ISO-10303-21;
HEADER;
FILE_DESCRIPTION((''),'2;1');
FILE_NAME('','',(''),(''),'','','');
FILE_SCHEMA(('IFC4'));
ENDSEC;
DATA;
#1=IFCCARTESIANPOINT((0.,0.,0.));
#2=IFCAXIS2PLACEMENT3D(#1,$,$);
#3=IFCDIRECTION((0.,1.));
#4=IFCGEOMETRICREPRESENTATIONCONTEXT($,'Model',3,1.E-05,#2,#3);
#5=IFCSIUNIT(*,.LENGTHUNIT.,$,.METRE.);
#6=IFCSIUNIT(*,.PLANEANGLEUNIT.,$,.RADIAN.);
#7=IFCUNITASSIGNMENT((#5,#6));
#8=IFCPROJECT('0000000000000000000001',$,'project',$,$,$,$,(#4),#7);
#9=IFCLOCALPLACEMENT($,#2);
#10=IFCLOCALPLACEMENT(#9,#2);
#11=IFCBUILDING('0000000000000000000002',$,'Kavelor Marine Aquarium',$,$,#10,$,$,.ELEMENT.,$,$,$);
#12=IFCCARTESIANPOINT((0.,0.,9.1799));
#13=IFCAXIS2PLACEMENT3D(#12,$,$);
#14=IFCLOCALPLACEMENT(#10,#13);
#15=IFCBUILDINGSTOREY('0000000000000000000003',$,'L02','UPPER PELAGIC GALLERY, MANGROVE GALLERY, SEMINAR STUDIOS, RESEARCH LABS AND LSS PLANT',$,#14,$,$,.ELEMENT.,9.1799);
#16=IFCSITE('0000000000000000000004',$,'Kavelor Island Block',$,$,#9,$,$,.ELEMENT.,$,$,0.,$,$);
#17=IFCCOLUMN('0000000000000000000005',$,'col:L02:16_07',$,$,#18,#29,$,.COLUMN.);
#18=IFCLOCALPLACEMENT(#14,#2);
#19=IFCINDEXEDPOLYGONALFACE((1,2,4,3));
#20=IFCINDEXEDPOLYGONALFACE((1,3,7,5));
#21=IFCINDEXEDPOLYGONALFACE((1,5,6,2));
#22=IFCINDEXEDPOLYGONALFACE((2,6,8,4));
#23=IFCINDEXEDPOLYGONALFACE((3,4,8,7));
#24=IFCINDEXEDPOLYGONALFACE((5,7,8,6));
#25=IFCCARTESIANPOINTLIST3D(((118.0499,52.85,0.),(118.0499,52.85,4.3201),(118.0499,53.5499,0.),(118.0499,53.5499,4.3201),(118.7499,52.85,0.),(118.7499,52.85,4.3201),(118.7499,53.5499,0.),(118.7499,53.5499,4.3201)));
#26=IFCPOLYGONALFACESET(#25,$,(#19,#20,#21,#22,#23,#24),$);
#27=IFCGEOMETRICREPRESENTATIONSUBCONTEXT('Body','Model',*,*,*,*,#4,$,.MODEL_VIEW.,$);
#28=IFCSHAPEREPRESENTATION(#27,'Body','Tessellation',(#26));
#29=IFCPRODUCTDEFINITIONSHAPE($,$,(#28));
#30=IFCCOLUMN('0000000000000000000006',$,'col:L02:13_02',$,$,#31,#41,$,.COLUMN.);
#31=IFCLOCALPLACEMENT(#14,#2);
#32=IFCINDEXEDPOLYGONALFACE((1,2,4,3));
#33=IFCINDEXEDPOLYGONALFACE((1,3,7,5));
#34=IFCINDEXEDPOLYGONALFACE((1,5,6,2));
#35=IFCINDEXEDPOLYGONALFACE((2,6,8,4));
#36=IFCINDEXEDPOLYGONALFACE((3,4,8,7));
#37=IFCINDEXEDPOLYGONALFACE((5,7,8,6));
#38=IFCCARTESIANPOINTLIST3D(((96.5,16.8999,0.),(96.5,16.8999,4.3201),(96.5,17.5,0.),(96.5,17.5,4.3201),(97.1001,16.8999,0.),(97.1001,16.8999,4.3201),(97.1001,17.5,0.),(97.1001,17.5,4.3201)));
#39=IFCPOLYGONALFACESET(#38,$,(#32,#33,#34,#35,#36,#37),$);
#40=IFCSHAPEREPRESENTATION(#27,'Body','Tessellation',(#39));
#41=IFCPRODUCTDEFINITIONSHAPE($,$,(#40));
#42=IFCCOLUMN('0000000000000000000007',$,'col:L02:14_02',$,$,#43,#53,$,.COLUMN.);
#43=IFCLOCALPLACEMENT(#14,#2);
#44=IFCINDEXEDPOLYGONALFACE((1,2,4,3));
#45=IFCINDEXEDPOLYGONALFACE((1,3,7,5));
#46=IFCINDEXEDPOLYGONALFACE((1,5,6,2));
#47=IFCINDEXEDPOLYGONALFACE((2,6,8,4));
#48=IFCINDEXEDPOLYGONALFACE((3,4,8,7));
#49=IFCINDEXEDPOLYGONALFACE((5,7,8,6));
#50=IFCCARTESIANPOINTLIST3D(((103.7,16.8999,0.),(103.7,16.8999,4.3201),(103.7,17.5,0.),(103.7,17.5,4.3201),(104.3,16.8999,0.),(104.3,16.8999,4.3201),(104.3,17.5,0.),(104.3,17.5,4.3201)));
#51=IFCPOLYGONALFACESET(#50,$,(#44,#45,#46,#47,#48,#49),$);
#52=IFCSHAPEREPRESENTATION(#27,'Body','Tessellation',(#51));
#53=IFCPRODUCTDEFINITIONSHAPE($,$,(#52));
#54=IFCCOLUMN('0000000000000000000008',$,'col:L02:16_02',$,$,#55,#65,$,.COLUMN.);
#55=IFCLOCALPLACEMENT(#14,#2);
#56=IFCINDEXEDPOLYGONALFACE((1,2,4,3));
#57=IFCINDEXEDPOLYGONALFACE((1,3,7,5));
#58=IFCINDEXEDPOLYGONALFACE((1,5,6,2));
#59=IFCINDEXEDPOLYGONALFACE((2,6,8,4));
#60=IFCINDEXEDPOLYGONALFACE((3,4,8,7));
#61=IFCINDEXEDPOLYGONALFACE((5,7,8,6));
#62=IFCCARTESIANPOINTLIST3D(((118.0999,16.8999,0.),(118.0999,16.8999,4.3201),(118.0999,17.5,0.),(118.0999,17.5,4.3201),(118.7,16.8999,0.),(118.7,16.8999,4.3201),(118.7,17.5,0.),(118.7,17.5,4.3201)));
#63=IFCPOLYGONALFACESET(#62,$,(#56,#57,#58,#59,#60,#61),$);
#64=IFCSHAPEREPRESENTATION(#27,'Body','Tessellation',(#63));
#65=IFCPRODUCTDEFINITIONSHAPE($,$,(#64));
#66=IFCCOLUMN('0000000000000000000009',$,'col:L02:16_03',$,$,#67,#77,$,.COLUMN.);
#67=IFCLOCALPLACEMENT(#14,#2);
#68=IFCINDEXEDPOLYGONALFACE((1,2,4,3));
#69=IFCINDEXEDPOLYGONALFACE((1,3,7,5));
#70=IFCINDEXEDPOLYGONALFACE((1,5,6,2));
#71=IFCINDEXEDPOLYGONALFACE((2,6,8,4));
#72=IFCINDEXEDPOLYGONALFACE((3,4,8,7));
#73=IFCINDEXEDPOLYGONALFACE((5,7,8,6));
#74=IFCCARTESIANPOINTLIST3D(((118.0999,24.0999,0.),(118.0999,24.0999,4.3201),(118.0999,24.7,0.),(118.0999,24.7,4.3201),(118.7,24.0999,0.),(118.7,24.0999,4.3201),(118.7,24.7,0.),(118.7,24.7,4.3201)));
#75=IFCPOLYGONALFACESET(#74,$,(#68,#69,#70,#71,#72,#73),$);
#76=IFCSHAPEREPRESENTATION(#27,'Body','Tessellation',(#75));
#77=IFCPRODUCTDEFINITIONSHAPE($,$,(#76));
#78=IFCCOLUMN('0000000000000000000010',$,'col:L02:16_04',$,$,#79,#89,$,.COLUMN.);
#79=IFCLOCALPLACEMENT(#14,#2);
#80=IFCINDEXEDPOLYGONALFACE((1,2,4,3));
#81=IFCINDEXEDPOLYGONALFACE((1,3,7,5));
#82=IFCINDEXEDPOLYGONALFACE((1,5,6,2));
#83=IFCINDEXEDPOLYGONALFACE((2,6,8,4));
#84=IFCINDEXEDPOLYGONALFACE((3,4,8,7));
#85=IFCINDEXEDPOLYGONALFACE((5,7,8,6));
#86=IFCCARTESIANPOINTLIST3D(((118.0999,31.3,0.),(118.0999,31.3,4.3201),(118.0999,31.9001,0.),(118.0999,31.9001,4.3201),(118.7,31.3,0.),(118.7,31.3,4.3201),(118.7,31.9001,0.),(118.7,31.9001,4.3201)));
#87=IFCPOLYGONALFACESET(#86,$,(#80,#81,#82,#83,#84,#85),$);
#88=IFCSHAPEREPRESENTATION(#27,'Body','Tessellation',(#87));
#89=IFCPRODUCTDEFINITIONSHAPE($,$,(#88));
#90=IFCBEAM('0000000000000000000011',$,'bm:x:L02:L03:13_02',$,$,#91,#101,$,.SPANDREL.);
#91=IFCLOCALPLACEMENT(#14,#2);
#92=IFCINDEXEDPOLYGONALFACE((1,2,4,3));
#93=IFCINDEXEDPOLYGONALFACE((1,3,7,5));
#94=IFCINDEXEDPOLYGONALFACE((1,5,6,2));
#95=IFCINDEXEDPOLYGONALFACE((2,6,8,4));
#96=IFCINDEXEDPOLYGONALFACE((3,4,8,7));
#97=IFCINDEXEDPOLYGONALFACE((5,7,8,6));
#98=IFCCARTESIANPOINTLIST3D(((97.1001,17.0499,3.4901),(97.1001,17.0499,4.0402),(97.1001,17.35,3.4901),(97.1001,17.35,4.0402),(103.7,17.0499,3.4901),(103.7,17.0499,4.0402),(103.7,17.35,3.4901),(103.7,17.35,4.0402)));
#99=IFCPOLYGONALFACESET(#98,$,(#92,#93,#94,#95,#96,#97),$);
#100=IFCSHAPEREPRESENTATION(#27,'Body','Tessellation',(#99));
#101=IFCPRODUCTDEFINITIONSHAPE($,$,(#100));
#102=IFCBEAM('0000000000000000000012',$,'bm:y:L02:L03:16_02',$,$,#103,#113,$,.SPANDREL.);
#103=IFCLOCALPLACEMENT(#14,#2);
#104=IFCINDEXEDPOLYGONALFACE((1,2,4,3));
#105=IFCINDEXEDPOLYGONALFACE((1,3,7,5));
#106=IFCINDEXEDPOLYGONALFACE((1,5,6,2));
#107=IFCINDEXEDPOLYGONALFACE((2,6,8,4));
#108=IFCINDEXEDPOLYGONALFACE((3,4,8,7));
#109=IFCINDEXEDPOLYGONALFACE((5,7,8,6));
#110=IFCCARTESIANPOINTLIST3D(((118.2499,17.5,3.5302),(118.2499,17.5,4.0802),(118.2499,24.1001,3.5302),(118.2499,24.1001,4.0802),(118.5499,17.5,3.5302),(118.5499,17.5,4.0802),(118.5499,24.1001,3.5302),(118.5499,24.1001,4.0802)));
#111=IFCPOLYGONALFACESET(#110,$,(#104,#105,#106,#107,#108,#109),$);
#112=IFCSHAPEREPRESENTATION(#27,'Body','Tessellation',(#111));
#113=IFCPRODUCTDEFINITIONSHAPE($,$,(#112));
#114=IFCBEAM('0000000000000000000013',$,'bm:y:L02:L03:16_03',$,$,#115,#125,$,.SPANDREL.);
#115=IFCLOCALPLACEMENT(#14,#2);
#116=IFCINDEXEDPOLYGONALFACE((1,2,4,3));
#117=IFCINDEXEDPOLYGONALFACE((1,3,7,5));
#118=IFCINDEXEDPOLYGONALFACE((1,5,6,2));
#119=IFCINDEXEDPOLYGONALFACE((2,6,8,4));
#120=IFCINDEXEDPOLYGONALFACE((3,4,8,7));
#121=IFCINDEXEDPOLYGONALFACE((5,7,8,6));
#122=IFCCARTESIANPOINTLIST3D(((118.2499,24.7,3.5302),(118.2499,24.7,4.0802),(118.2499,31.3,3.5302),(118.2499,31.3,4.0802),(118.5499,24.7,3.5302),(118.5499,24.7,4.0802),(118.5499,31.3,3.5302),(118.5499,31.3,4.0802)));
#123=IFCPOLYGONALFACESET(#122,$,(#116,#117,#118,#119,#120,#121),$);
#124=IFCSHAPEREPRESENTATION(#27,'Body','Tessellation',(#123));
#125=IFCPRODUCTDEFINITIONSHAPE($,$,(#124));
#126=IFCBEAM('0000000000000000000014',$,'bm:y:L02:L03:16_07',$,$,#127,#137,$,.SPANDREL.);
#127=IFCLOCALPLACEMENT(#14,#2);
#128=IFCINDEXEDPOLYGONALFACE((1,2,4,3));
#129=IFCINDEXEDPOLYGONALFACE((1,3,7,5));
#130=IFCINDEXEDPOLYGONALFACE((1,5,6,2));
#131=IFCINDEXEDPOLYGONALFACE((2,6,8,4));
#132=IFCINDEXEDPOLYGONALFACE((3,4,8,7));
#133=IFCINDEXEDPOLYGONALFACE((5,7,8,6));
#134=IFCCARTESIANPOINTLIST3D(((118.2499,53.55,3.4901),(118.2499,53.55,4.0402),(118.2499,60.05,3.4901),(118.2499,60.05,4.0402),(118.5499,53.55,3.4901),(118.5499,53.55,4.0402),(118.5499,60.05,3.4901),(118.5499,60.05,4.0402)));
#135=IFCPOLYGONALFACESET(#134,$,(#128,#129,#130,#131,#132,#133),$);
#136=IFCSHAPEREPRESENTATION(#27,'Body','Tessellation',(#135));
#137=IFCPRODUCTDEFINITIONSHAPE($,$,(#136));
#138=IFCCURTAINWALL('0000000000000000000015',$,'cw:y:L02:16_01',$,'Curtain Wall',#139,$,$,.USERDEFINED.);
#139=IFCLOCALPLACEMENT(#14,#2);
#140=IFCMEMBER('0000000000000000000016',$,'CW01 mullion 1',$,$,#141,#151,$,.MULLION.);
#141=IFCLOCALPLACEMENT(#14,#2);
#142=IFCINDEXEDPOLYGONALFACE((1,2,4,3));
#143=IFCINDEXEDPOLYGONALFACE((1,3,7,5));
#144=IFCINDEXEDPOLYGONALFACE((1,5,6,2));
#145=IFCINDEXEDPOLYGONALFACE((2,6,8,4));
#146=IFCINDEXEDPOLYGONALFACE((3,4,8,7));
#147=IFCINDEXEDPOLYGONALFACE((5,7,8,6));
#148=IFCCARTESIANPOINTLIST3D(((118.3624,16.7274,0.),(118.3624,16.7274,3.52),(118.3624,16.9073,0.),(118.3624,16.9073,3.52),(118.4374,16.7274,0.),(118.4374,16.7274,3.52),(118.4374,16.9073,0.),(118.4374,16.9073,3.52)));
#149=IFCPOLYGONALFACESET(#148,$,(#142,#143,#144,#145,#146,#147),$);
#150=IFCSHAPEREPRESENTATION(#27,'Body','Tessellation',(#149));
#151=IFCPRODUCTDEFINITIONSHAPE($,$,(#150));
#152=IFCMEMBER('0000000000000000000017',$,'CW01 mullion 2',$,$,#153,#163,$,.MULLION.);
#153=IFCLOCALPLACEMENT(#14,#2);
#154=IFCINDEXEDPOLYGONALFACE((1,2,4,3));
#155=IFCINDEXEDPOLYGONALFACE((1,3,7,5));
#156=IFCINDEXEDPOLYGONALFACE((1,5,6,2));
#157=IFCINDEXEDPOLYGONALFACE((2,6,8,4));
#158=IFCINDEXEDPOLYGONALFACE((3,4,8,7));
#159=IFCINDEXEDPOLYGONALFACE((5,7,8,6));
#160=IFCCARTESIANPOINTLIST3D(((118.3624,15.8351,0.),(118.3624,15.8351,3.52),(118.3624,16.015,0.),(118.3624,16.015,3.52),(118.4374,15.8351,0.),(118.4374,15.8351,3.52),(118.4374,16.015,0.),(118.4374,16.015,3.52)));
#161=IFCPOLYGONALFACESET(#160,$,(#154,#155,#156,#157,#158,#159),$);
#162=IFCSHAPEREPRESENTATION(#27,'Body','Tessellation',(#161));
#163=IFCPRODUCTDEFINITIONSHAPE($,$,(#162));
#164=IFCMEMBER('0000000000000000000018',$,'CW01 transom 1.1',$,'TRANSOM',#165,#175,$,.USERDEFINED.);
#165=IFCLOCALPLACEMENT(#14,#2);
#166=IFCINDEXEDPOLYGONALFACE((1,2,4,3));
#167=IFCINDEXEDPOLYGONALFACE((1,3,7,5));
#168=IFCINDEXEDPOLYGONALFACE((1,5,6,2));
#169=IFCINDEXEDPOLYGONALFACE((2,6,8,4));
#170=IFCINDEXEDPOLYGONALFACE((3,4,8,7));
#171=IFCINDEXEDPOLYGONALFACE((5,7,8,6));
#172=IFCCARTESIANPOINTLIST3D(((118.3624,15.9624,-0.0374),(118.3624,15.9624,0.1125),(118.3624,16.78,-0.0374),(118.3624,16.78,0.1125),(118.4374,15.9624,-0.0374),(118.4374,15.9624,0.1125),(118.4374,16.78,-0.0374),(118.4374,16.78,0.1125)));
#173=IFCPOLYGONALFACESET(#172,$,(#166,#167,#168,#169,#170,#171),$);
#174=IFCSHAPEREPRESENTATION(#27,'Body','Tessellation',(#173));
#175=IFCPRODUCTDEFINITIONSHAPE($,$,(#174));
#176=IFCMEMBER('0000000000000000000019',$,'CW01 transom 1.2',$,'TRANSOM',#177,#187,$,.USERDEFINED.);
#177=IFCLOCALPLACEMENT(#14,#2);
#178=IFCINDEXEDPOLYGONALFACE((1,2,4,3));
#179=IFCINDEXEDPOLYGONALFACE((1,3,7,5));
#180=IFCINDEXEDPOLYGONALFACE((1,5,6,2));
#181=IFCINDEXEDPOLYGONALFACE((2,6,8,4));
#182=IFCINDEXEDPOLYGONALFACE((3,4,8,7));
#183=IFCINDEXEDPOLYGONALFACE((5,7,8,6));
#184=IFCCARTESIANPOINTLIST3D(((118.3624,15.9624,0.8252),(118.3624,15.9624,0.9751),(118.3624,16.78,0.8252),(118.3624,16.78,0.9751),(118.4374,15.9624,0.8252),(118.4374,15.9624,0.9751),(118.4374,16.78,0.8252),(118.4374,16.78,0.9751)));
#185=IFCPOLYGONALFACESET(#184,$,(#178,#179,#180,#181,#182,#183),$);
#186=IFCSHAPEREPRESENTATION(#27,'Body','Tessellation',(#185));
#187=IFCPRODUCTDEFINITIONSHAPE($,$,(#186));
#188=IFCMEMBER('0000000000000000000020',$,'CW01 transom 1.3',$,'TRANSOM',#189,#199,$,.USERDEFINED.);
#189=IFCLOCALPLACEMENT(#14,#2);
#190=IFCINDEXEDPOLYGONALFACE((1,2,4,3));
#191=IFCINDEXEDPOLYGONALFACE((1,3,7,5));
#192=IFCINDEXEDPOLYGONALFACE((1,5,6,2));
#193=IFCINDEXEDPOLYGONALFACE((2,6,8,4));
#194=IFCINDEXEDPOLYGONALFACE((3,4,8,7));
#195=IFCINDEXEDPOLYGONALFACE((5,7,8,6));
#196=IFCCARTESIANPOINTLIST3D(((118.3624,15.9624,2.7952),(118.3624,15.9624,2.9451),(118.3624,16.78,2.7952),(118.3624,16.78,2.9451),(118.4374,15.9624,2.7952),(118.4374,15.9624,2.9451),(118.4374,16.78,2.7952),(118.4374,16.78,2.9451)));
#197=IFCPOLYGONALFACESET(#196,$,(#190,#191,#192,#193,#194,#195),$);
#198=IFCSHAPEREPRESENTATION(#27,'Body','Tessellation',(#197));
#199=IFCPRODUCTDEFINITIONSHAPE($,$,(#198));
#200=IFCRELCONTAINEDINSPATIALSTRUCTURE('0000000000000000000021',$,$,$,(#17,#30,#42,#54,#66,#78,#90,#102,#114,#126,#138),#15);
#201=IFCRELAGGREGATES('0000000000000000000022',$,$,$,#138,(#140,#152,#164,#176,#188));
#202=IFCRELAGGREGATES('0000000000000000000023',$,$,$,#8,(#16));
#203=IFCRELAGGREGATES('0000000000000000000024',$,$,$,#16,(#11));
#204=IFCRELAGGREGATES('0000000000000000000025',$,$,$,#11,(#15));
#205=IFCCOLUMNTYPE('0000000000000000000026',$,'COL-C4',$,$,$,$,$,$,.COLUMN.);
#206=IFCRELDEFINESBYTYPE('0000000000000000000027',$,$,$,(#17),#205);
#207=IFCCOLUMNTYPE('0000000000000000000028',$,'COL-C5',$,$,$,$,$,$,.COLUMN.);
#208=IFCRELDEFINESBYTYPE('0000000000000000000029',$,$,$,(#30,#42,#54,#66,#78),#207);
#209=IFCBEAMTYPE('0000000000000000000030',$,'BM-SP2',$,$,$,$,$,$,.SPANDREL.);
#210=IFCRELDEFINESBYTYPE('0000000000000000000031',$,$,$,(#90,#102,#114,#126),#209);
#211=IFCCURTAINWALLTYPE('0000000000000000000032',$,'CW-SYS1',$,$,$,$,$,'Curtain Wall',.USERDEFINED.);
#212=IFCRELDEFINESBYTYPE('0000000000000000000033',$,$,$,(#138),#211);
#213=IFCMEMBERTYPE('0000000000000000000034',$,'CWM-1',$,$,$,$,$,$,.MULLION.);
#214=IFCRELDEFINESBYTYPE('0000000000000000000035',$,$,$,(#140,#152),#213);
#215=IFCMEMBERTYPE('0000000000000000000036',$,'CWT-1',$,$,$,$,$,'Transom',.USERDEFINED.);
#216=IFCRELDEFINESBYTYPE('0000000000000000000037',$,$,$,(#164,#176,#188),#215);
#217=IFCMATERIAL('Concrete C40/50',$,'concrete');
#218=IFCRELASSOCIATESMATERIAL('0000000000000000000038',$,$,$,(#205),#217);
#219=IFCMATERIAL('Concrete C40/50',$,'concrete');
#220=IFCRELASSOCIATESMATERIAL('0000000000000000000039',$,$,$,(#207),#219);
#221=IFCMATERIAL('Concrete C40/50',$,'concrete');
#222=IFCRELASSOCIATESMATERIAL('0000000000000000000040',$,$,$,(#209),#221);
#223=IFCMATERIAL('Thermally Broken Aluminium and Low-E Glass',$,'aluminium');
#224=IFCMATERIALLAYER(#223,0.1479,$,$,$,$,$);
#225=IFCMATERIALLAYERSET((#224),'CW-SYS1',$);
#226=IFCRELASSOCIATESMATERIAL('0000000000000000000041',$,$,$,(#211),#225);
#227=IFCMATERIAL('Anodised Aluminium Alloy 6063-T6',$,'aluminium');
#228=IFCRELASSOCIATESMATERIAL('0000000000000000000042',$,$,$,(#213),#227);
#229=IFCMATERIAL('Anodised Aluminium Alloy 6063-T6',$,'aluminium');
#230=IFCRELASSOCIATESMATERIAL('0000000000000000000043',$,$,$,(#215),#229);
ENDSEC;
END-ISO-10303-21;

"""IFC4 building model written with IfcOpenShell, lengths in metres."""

from ifc_helpers import new_model, si_unit, direction, frame, origin, origin_2d, place, context, subcontext, project, spatial, rectangle, extrude, material, layer, layer_set, material_profile, profile_set, type_object, element, aggregate, save


model = new_model("IFC4")

# Units and contexts
model_context = context("Model", 3, precision=1e-05, world=origin(), true_north=direction((0.0, 1.0)))
body_context = subcontext(model_context, "Body", "Model", "MODEL_VIEW")
ifc_project = project(units=[si_unit("LENGTHUNIT", "METRE"), si_unit("PLANEANGLEUNIT", "RADIAN")], contexts=[model_context])

# Site, building, storey
site_placement = place(None, origin())
site = spatial("IfcSite", under=ifc_project, at=site_placement, Name="Kavelor Island Block", CompositionType="ELEMENT", RefElevation=0.0)
building_placement = place(site_placement, origin())
building = spatial("IfcBuilding", under=site, at=building_placement, Name="Kavelor Marine Aquarium", CompositionType="ELEMENT")
storey_placement = place(building_placement, frame((0.0, 0.0, 9.1799)))
storey = spatial("IfcBuildingStorey", under=building, at=storey_placement, Name="L02", Description="UPPER PELAGIC GALLERY, MANGROVE GALLERY, SEMINAR STUDIOS, RESEARCH LABS AND LSS PLANT", CompositionType="ELEMENT", Elevation=9.1799)

# Columns
ifc_material_1 = material(Name="Concrete C40/50", Category="concrete")
ifc_material_profile_1 = material_profile(ifc_material_1, rectangle(XDim=0.7, YDim=0.7, at=origin_2d()), Name="RC-COL 700x700")
ifc_profile_set_1 = profile_set([ifc_material_profile_1], Name="Concrete C40/50")
column_type_1 = type_object("IfcColumnType", Name="COL-C4", PredefinedType="COLUMN", material=ifc_profile_set_1)
column_placement = place(storey_placement, frame((118.3999, 53.2, 0.0), z_axis=(0.0, 0.0, 1.0), x_axis=(1.0, 0.0, 0.0)))
element("IfcColumn", 1, at=column_placement, inside=storey, type_object=column_type_1, Name="col:L02:16_07", PredefinedType="COLUMN", context=body_context, shape_type="SweptSolid", body=[
    extrude(rectangle(XDim=0.7, YDim=0.7, at=origin_2d()), origin(), (0.0, 0.0, 1.0), 4.3201),
])
ifc_material_2 = material(Name="Concrete C40/50", Category="concrete")
ifc_material_profile_2 = material_profile(ifc_material_2, rectangle(XDim=0.6001, YDim=0.6001, at=origin_2d()), Name="RC-COL 600x600")
ifc_profile_set_2 = profile_set([ifc_material_profile_2], Name="Concrete C40/50")
column_type_2 = type_object("IfcColumnType", Name="COL-C5", PredefinedType="COLUMN", material=ifc_profile_set_2)
for number, where, z_axis, x_axis, name in (
    (2, (96.8, 17.2, 0.0), (0.0, 0.0, 1.0), (1.0, 0.0, 0.0), "col:L02:13_02"),
    (3, (104.0, 17.2, 0.0), (0.0, 0.0, 1.0), (1.0, 0.0, 0.0), "col:L02:14_02"),
    (4, (118.3999, 17.2, 0.0), (0.0, 0.0, 1.0), (1.0, 0.0, 0.0), "col:L02:16_02"),
    (5, (118.3999, 24.3999, 0.0), (0.0, 0.0, 1.0), (1.0, 0.0, 0.0), "col:L02:16_03"),
    (6, (118.3999, 31.6001, 0.0), (0.0, 0.0, 1.0), (1.0, 0.0, 0.0), "col:L02:16_04"),
):
    element("IfcColumn", number, at=place(storey_placement, frame(where, z_axis=z_axis, x_axis=x_axis)), inside=storey, type_object=column_type_2, Name=name, PredefinedType="COLUMN", context=body_context, shape_type="SweptSolid", body=[
        extrude(rectangle(XDim=0.6001, YDim=0.6001, at=origin_2d()), origin(), (0.0, 0.0, 1.0), 4.3201),
    ])

# Beams
ifc_material_3 = material(Name="Concrete C40/50", Category="concrete")
ifc_material_profile_3 = material_profile(ifc_material_3, rectangle(XDim=0.3, YDim=0.55, at=origin_2d()), Name="RC-SP 300x550")
ifc_profile_set_3 = profile_set([ifc_material_profile_3], Name="Concrete C40/50")
beam_type = type_object("IfcBeamType", Name="BM-SP2", PredefinedType="SPANDREL", material=ifc_profile_set_3)
beam_1_placement = place(storey_placement, frame((97.1001, 17.2, 3.7651), z_axis=(1.0, 0.0, 0.0), x_axis=(0.0, 1.0, 0.0)))
element("IfcBeam", 7, at=beam_1_placement, inside=storey, type_object=beam_type, Name="bm:x:L02:L03:13_02", PredefinedType="SPANDREL", context=body_context, shape_type="SweptSolid", body=[
    extrude(rectangle(XDim=0.3, YDim=0.55, at=origin_2d()), origin(), (0.0, 0.0, 1.0), 6.5999),
])
for number, where, z_axis, x_axis, name in (
    (8, (118.3999, 17.5, 3.8052), (0.0, 1.0, 0.0), (-1.0, 0.0, 0.0), "bm:y:L02:L03:16_02"),
    (9, (118.3999, 24.7, 3.8052), (0.0, 1.0, 0.0), (-1.0, 0.0, 0.0), "bm:y:L02:L03:16_03"),
):
    element("IfcBeam", number, at=place(storey_placement, frame(where, z_axis=z_axis, x_axis=x_axis)), inside=storey, type_object=beam_type, Name=name, PredefinedType="SPANDREL", context=body_context, shape_type="SweptSolid", body=[
        extrude(rectangle(XDim=0.3, YDim=0.55, at=origin_2d()), origin(), (0.0, 0.0, 1.0), 6.6001),
    ])
beam_2_placement = place(storey_placement, frame((118.3999, 53.55, 3.7651), z_axis=(0.0, 1.0, 0.0), x_axis=(-1.0, 0.0, 0.0)))
element("IfcBeam", 10, at=beam_2_placement, inside=storey, type_object=beam_type, Name="bm:y:L02:L03:16_07", PredefinedType="SPANDREL", context=body_context, shape_type="SweptSolid", body=[
    extrude(rectangle(XDim=0.3, YDim=0.55, at=origin_2d()), origin(), (0.0, 0.0, 1.0), 6.5),
])

# Curtain wall, members
ifc_material_4 = material(Name="Thermally Broken Aluminium and Low-E Glass", Category="aluminium")
ifc_layer_1 = layer(ifc_material_4, 0.1479)
ifc_layer_set_1 = layer_set([ifc_layer_1], Name="CW-SYS1")
curtain_wall_type = type_object("IfcCurtainWallType", Name="CW-SYS1", ElementType="Curtain Wall", PredefinedType="USERDEFINED", material=ifc_layer_set_1)
curtain_wall_placement = place(storey_placement, origin())
curtain_wall = element("IfcCurtainWall", 11, at=curtain_wall_placement, inside=storey, type_object=curtain_wall_type, Name="cw:y:L02:16_01", ObjectType="Curtain Wall", PredefinedType="USERDEFINED")
ifc_material_5 = material(Name="Anodised Aluminium Alloy 6063-T6", Category="aluminium")
ifc_material_profile_4 = material_profile(ifc_material_5, rectangle(XDim=0.075, YDim=0.1799, at=origin_2d()), Name="CW-MUL 75x180")
ifc_profile_set_4 = profile_set([ifc_material_profile_4], Name="Anodised Aluminium Alloy 6063-T6")
member_type_1 = type_object("IfcMemberType", Name="CWM-1", PredefinedType="MULLION", material=ifc_profile_set_4)
member_1_placement = place(storey_placement, frame((118.3999, 16.8174, 0.0), z_axis=(0.0, 0.0, 1.0), x_axis=(1.0, 0.0, 0.0)))
member_1 = element("IfcMember", 12, at=member_1_placement, type_object=member_type_1, Name="CW01 mullion 1", PredefinedType="MULLION", context=body_context, shape_type="SweptSolid", body=[
    extrude(rectangle(XDim=0.075, YDim=0.1799, at=origin_2d()), origin(), (0.0, 0.0, 1.0), 3.52),
])
member_2_placement = place(storey_placement, frame((118.3999, 15.925, 0.0), z_axis=(0.0, 0.0, 1.0), x_axis=(1.0, 0.0, 0.0)))
member_2 = element("IfcMember", 13, at=member_2_placement, type_object=member_type_1, Name="CW01 mullion 2", PredefinedType="MULLION", context=body_context, shape_type="SweptSolid", body=[
    extrude(rectangle(XDim=0.075, YDim=0.1799, at=origin_2d()), origin(), (0.0, 0.0, 1.0), 3.52),
])
ifc_material_6 = material(Name="Anodised Aluminium Alloy 6063-T6", Category="aluminium")
ifc_material_profile_5 = material_profile(ifc_material_6, rectangle(XDim=0.075, YDim=0.1499, at=origin_2d()), Name="CW-TRN 75x150")
ifc_profile_set_5 = profile_set([ifc_material_profile_5], Name="Anodised Aluminium Alloy 6063-T6")
member_type_2 = type_object("IfcMemberType", Name="CWT-1", ElementType="Transom", PredefinedType="USERDEFINED", material=ifc_profile_set_5)
member_3_placement = place(storey_placement, frame((118.3999, 16.78, 0.0376), z_axis=(0.0, -1.0, 0.0), x_axis=(1.0, 0.0, 0.0)))
member_3 = element("IfcMember", 14, at=member_3_placement, type_object=member_type_2, Name="CW01 transom 1.1", ObjectType="TRANSOM", PredefinedType="USERDEFINED", context=body_context, shape_type="SweptSolid", body=[
    extrude(rectangle(XDim=0.075, YDim=0.1499, at=origin_2d()), origin(), (0.0, 0.0, 1.0), 0.8176),
])
member_4_placement = place(storey_placement, frame((118.3999, 16.78, 0.9001), z_axis=(0.0, -1.0, 0.0), x_axis=(1.0, 0.0, 0.0)))
member_4 = element("IfcMember", 15, at=member_4_placement, type_object=member_type_2, Name="CW01 transom 1.2", ObjectType="TRANSOM", PredefinedType="USERDEFINED", context=body_context, shape_type="SweptSolid", body=[
    extrude(rectangle(XDim=0.075, YDim=0.1499, at=origin_2d()), origin(), (0.0, 0.0, 1.0), 0.8176),
])
member_5_placement = place(storey_placement, frame((118.3999, 16.78, 2.8701), z_axis=(0.0, -1.0, 0.0), x_axis=(1.0, 0.0, 0.0)))
member_5 = element("IfcMember", 16, at=member_5_placement, type_object=member_type_2, Name="CW01 transom 1.3", ObjectType="TRANSOM", PredefinedType="USERDEFINED", context=body_context, shape_type="SweptSolid", body=[
    extrude(rectangle(XDim=0.075, YDim=0.1499, at=origin_2d()), origin(), (0.0, 0.0, 1.0), 0.8176),
])
aggregate(curtain_wall, [member_1, member_2, member_3, member_4, member_5])

save(model, "model.ifc")
